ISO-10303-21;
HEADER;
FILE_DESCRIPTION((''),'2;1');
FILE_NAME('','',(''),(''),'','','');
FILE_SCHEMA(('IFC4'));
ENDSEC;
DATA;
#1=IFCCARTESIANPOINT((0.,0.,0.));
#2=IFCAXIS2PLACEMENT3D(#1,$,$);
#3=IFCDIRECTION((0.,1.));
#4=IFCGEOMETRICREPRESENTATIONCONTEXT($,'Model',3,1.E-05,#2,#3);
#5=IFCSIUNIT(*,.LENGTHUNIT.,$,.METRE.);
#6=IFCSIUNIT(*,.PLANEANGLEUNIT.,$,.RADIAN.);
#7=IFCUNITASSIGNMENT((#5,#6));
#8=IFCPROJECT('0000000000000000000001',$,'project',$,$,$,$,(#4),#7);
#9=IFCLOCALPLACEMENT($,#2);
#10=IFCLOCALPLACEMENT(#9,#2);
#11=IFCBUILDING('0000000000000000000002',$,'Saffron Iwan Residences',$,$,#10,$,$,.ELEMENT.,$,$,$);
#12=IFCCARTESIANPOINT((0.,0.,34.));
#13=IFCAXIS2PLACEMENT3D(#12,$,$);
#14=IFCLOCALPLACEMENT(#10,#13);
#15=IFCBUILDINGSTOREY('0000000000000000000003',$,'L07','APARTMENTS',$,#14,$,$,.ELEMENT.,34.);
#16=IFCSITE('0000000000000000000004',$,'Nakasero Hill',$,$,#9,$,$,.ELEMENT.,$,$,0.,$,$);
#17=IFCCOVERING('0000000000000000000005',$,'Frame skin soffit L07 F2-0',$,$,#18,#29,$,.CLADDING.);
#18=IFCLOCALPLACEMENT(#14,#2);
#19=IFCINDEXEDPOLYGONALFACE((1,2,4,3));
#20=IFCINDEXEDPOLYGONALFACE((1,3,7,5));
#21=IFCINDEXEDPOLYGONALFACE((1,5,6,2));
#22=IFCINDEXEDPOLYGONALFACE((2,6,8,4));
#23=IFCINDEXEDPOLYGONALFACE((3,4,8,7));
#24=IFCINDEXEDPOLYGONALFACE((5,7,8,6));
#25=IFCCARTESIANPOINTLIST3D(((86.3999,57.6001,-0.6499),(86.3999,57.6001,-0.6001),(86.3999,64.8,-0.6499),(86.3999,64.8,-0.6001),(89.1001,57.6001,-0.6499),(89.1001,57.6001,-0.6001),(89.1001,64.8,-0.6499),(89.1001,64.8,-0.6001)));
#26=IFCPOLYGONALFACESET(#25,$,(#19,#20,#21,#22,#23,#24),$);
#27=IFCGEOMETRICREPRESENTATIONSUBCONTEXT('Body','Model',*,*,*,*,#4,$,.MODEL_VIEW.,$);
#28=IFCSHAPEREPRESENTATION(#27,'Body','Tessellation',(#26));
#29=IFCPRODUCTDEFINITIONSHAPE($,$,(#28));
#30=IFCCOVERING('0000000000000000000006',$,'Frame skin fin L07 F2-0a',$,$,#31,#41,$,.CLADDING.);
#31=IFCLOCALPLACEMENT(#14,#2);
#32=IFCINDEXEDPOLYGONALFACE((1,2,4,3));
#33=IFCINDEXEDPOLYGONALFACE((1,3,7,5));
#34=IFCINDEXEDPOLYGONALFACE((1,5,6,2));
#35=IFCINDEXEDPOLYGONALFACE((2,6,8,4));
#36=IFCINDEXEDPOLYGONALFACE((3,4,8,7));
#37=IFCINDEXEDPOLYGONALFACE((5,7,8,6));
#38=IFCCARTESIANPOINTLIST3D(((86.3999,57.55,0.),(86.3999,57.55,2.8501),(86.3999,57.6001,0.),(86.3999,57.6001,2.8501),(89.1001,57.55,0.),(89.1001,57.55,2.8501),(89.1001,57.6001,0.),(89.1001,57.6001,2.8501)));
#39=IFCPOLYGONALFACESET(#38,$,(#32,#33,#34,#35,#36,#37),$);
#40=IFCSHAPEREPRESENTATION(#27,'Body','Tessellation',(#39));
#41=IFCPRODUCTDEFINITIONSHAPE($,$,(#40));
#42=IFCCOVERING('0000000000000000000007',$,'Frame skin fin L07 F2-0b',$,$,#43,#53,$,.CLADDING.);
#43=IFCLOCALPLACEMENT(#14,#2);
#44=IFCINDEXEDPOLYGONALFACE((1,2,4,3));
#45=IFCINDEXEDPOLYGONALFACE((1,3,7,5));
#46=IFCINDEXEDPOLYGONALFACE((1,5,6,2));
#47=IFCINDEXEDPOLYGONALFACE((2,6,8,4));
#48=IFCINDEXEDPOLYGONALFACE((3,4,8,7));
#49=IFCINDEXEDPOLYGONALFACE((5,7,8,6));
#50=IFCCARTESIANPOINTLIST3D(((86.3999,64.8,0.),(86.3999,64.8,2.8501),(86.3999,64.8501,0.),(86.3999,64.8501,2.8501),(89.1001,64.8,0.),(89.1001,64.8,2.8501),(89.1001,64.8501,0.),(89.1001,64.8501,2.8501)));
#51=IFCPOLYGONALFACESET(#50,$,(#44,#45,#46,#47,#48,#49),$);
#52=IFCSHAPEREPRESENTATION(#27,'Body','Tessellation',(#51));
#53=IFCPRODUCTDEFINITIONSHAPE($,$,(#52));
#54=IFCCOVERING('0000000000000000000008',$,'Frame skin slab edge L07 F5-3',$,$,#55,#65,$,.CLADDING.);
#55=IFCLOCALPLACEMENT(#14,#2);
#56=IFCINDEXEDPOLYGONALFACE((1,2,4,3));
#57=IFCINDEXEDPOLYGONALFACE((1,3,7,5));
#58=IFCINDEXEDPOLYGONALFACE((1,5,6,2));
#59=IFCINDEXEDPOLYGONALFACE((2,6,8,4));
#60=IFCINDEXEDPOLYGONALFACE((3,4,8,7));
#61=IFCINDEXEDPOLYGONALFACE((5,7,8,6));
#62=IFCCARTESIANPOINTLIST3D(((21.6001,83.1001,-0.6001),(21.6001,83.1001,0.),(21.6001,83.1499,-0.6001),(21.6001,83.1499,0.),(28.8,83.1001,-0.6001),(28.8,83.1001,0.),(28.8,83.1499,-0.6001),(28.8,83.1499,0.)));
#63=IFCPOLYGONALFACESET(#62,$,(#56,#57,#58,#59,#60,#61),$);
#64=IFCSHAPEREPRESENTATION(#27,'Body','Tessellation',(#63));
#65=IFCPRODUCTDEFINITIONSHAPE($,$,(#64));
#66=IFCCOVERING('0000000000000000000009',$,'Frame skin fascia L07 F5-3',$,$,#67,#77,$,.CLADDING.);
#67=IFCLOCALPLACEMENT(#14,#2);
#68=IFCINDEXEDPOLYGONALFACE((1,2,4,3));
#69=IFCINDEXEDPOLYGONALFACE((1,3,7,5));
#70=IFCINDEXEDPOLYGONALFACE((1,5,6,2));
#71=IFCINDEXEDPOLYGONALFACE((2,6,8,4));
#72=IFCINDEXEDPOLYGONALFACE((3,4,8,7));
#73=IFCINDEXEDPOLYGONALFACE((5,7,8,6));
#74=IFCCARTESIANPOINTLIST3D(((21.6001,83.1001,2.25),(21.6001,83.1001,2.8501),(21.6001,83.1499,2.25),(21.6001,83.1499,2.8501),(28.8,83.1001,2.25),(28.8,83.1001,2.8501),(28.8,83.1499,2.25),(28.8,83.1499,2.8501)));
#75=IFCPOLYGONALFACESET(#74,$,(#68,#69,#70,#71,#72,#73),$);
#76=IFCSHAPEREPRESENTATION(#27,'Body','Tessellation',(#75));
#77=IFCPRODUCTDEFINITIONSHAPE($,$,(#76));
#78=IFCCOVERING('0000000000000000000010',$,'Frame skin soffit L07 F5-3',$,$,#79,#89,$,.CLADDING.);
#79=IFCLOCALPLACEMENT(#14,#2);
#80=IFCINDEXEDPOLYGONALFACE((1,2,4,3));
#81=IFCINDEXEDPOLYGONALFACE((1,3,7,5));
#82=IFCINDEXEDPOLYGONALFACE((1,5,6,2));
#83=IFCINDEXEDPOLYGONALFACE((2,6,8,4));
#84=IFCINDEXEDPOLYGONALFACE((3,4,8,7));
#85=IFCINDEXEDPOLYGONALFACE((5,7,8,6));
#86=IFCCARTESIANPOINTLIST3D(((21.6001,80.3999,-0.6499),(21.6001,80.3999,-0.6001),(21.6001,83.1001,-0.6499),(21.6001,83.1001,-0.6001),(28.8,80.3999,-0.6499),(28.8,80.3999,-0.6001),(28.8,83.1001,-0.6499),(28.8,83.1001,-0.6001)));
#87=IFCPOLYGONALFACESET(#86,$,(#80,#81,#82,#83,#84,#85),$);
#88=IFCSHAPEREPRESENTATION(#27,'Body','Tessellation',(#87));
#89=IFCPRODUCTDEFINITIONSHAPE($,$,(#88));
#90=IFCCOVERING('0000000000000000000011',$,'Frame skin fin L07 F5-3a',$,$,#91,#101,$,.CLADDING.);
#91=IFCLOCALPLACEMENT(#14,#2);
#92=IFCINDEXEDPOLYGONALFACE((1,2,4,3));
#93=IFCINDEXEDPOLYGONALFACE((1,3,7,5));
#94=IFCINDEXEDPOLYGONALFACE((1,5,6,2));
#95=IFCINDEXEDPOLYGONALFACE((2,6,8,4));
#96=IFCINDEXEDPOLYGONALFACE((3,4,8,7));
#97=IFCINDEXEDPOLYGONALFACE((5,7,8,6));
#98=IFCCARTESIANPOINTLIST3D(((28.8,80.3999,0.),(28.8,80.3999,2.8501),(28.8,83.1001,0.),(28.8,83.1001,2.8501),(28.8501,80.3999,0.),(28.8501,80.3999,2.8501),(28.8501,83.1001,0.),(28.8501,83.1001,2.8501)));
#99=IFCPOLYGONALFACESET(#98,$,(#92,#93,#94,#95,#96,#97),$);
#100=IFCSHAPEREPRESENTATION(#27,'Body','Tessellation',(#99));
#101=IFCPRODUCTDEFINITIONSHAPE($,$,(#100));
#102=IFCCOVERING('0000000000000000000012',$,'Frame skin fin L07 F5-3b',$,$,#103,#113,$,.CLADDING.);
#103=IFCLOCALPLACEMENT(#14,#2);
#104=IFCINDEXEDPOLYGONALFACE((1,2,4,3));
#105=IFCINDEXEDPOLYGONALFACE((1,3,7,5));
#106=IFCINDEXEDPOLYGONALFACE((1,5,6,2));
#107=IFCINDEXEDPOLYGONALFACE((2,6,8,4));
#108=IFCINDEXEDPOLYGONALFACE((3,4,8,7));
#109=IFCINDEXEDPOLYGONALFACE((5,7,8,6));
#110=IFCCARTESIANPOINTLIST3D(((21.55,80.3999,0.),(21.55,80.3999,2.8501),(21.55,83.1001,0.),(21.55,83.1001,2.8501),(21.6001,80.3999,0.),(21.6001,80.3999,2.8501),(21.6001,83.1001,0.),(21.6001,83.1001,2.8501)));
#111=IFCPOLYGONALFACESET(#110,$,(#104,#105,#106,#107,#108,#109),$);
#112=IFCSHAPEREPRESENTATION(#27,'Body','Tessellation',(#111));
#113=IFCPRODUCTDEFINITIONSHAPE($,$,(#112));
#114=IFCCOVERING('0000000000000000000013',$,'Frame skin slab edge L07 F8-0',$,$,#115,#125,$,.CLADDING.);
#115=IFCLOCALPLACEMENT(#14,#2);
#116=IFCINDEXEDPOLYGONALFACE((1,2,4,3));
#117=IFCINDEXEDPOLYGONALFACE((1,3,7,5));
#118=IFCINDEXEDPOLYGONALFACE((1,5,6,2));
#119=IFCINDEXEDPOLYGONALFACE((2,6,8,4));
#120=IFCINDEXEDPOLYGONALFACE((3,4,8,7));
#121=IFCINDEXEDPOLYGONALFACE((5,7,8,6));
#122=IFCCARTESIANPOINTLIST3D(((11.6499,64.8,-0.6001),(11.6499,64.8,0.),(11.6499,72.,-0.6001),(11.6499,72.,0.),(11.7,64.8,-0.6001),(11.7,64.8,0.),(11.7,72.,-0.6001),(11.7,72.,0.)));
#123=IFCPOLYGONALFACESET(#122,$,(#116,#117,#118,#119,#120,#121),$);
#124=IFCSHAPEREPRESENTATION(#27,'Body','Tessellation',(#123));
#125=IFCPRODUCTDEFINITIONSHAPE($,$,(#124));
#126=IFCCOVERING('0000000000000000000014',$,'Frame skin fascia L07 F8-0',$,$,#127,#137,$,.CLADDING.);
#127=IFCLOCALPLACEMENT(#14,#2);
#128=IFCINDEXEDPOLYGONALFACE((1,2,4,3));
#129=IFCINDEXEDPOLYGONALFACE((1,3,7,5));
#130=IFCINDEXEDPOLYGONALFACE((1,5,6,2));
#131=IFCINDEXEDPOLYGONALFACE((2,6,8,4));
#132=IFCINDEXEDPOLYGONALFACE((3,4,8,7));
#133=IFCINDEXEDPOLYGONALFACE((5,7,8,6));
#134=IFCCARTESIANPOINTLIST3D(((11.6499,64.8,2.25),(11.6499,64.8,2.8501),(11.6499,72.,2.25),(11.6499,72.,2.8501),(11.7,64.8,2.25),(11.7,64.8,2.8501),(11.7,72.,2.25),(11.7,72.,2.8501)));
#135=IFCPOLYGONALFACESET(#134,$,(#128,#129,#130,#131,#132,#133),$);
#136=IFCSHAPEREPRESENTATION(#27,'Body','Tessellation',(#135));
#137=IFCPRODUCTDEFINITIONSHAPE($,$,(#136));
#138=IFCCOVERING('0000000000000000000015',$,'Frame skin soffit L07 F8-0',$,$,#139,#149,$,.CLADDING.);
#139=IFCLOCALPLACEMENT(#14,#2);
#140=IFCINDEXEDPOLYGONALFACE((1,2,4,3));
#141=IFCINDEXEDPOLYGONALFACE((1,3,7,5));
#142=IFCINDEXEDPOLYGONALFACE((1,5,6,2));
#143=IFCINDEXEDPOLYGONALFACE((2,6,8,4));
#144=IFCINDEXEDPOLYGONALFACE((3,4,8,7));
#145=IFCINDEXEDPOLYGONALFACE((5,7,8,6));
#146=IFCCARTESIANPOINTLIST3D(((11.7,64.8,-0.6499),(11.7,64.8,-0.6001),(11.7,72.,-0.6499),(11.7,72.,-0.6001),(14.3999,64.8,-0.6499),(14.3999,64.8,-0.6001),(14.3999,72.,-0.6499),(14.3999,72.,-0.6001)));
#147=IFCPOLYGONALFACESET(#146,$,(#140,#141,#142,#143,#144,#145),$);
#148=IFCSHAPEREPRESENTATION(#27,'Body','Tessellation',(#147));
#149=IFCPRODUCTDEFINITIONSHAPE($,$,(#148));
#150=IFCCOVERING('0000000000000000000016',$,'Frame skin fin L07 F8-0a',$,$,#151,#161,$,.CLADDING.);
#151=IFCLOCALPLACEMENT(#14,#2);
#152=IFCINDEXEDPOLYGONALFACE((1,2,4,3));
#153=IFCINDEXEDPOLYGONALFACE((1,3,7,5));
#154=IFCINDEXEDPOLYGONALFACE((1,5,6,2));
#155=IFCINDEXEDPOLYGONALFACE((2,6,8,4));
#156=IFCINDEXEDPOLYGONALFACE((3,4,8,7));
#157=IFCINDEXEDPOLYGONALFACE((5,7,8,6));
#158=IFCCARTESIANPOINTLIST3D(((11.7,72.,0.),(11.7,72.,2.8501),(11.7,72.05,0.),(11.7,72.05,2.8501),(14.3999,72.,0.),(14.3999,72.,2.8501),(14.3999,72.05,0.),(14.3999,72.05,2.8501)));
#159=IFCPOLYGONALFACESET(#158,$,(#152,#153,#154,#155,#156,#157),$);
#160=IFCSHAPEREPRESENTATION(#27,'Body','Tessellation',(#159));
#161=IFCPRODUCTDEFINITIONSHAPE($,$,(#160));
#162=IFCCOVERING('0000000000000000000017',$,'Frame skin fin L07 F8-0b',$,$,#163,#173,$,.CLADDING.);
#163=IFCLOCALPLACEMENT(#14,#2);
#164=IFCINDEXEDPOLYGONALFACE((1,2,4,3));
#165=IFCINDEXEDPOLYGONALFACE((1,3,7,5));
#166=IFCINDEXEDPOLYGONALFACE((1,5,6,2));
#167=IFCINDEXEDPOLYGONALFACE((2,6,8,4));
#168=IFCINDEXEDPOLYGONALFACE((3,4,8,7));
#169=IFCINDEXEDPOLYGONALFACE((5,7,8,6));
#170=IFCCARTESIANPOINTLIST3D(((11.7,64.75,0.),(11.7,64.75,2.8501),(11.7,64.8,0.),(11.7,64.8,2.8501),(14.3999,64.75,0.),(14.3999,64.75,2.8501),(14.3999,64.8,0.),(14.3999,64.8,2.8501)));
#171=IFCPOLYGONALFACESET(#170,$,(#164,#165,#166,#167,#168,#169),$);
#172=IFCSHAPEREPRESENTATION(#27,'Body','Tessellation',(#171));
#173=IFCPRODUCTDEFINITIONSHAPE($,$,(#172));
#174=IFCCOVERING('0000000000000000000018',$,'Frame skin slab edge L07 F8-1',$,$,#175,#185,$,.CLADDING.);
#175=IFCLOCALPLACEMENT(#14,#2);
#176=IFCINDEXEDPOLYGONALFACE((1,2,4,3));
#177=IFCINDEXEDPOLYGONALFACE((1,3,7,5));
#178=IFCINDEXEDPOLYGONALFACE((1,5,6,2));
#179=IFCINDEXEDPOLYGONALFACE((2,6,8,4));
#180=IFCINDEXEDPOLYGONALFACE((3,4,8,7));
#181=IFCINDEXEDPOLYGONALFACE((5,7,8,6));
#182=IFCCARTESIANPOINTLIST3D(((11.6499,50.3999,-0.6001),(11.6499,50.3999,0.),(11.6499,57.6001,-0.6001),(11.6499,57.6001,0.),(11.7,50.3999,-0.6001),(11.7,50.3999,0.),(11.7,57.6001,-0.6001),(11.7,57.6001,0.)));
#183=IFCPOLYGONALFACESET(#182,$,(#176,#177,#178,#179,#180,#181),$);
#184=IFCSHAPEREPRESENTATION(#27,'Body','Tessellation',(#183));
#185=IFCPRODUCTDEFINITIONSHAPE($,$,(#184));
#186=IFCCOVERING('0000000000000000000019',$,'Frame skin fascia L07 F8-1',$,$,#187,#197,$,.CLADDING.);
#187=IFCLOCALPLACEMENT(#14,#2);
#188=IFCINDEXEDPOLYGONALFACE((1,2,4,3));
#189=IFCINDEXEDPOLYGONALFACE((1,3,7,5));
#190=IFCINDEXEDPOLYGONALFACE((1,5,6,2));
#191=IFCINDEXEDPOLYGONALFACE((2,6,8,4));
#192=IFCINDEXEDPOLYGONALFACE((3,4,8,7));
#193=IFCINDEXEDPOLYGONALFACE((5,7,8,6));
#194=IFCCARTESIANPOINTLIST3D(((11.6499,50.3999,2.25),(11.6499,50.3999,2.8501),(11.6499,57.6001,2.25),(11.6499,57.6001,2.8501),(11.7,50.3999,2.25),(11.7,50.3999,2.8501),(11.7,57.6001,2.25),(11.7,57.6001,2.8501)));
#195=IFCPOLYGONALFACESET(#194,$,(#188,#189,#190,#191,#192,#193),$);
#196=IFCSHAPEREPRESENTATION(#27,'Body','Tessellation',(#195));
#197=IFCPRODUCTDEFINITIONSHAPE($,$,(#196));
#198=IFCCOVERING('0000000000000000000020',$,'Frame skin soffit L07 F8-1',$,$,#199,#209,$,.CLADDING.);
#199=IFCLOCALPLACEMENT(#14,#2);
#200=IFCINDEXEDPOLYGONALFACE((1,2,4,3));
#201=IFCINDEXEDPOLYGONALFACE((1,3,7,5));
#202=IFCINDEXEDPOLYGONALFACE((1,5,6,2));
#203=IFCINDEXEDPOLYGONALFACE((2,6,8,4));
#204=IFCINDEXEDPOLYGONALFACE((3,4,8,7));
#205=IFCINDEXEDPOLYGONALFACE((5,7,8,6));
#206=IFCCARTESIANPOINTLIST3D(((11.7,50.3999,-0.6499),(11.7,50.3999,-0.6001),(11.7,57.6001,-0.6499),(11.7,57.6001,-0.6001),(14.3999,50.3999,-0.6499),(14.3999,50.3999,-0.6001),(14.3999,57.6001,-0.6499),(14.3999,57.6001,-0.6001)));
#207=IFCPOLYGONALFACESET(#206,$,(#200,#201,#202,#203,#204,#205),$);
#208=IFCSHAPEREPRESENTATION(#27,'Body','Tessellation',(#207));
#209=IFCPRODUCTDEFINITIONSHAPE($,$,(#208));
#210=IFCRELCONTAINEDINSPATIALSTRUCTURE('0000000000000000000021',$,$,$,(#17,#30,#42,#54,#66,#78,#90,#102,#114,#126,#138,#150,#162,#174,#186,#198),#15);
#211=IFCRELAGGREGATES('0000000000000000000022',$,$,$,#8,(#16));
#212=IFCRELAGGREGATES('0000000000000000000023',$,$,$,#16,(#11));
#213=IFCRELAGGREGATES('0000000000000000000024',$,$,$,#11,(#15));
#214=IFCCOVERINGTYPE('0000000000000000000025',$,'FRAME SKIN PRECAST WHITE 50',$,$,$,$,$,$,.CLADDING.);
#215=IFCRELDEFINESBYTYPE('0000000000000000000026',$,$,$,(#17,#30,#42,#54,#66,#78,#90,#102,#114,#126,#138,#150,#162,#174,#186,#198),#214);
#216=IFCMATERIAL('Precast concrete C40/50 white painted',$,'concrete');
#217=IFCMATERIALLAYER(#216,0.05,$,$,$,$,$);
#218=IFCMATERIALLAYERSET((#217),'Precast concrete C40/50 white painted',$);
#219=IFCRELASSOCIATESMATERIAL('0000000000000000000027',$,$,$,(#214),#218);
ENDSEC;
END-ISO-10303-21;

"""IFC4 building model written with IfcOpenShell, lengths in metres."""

from ifc_helpers import new_model, si_unit, direction, frame, origin, place, context, subcontext, project, spatial, polyline, outline, extrude, material, layer, layer_set, type_object, element, save


model = new_model("IFC4")

# Units and contexts
model_context = context("Model", 3, precision=1e-05, world=origin(), true_north=direction((0.0, 1.0)))
body_context = subcontext(model_context, "Body", "Model", "MODEL_VIEW")
ifc_project = project(units=[si_unit("LENGTHUNIT", "METRE"), si_unit("PLANEANGLEUNIT", "RADIAN")], contexts=[model_context])

# Site, building, storey
site_placement = place(None, origin())
site = spatial("IfcSite", under=ifc_project, at=site_placement, Name="Nakasero Hill", CompositionType="ELEMENT", RefElevation=0.0)
building_placement = place(site_placement, origin())
building = spatial("IfcBuilding", under=site, at=building_placement, Name="Saffron Iwan Residences", CompositionType="ELEMENT")
storey_placement = place(building_placement, frame((0.0, 0.0, 34.0)))
storey = spatial("IfcBuildingStorey", under=building, at=storey_placement, Name="L07", Description="APARTMENTS", CompositionType="ELEMENT", Elevation=34.0)

# Coverings
ifc_material_1 = material(Name="Precast concrete C40/50 white painted", Category="concrete")
ifc_layer_1 = layer(ifc_material_1, 0.05)
ifc_layer_set_1 = layer_set([ifc_layer_1], Name="Precast concrete C40/50 white painted")
covering_type_1 = type_object("IfcCoveringType", Name="FRAME SKIN PRECAST WHITE 50", PredefinedType="CLADDING", material=ifc_layer_set_1)
covering_1_placement = place(storey_placement, frame((0.0, 0.0, -0.6499)))
element("IfcCovering", 1, at=covering_1_placement, inside=storey, type_object=covering_type_1, Name="Frame skin soffit L07 F2-0", PredefinedType="CLADDING", context=body_context, shape_type="SweptSolid", body=[
    extrude(outline(polyline([(89.1001, 57.6001), (89.1001, 64.8), (86.3999, 64.8), (86.3999, 57.6001), (89.1001, 57.6001)])), origin(), (0.0, 0.0, 1.0), 0.0498),
])
covering_2_placement = place(storey_placement, origin())
element("IfcCovering", 2, at=covering_2_placement, inside=storey, type_object=covering_type_1, Name="Frame skin fin L07 F2-0a", PredefinedType="CLADDING", context=body_context, shape_type="SweptSolid", body=[
    extrude(outline(polyline([(89.1001, 57.55), (89.1001, 57.6001), (86.3999, 57.6001), (86.3999, 57.55), (89.1001, 57.55)])), origin(), (0.0, 0.0, 1.0), 2.8501),
])
covering_3_placement = place(storey_placement, origin())
element("IfcCovering", 3, at=covering_3_placement, inside=storey, type_object=covering_type_1, Name="Frame skin fin L07 F2-0b", PredefinedType="CLADDING", context=body_context, shape_type="SweptSolid", body=[
    extrude(outline(polyline([(89.1001, 64.8), (89.1001, 64.8501), (86.3999, 64.8501), (86.3999, 64.8), (89.1001, 64.8)])), origin(), (0.0, 0.0, 1.0), 2.8501),
])
for number, where, name in (
    (4, (0.0, 0.0, -0.6001), "Frame skin slab edge L07 F5-3"),
    (5, (0.0, 0.0, 2.25), "Frame skin fascia L07 F5-3"),
):
    element("IfcCovering", number, at=place(storey_placement, frame(where)), inside=storey, type_object=covering_type_1, Name=name, PredefinedType="CLADDING", context=body_context, shape_type="SweptSolid", body=[
        extrude(outline(polyline([(28.8, 83.1499), (21.6001, 83.1499), (21.6001, 83.1001), (28.8, 83.1001), (28.8, 83.1499)])), origin(), (0.0, 0.0, 1.0), 0.6001),
    ])
covering_4_placement = place(storey_placement, frame((0.0, 0.0, -0.6499)))
element("IfcCovering", 6, at=covering_4_placement, inside=storey, type_object=covering_type_1, Name="Frame skin soffit L07 F5-3", PredefinedType="CLADDING", context=body_context, shape_type="SweptSolid", body=[
    extrude(outline(polyline([(28.8, 83.1001), (21.6001, 83.1001), (21.6001, 80.3999), (28.8, 80.3999), (28.8, 83.1001)])), origin(), (0.0, 0.0, 1.0), 0.0498),
])
covering_5_placement = place(storey_placement, origin())
element("IfcCovering", 7, at=covering_5_placement, inside=storey, type_object=covering_type_1, Name="Frame skin fin L07 F5-3a", PredefinedType="CLADDING", context=body_context, shape_type="SweptSolid", body=[
    extrude(outline(polyline([(28.8501, 83.1001), (28.8, 83.1001), (28.8, 80.3999), (28.8501, 80.3999), (28.8501, 83.1001)])), origin(), (0.0, 0.0, 1.0), 2.8501),
])
covering_6_placement = place(storey_placement, origin())
element("IfcCovering", 8, at=covering_6_placement, inside=storey, type_object=covering_type_1, Name="Frame skin fin L07 F5-3b", PredefinedType="CLADDING", context=body_context, shape_type="SweptSolid", body=[
    extrude(outline(polyline([(21.6001, 83.1001), (21.55, 83.1001), (21.55, 80.3999), (21.6001, 80.3999), (21.6001, 83.1001)])), origin(), (0.0, 0.0, 1.0), 2.8501),
])
for number, where, name in (
    (9, (0.0, 0.0, -0.6001), "Frame skin slab edge L07 F8-0"),
    (10, (0.0, 0.0, 2.25), "Frame skin fascia L07 F8-0"),
):
    element("IfcCovering", number, at=place(storey_placement, frame(where)), inside=storey, type_object=covering_type_1, Name=name, PredefinedType="CLADDING", context=body_context, shape_type="SweptSolid", body=[
        extrude(outline(polyline([(11.6499, 72.0), (11.6499, 64.8), (11.7, 64.8), (11.7, 72.0), (11.6499, 72.0)])), origin(), (0.0, 0.0, 1.0), 0.6001),
    ])
covering_7_placement = place(storey_placement, frame((0.0, 0.0, -0.6499)))
element("IfcCovering", 11, at=covering_7_placement, inside=storey, type_object=covering_type_1, Name="Frame skin soffit L07 F8-0", PredefinedType="CLADDING", context=body_context, shape_type="SweptSolid", body=[
    extrude(outline(polyline([(11.7, 72.0), (11.7, 64.8), (14.3999, 64.8), (14.3999, 72.0), (11.7, 72.0)])), origin(), (0.0, 0.0, 1.0), 0.0498),
])
covering_8_placement = place(storey_placement, origin())
element("IfcCovering", 12, at=covering_8_placement, inside=storey, type_object=covering_type_1, Name="Frame skin fin L07 F8-0a", PredefinedType="CLADDING", context=body_context, shape_type="SweptSolid", body=[
    extrude(outline(polyline([(11.7, 72.05), (11.7, 72.0), (14.3999, 72.0), (14.3999, 72.05), (11.7, 72.05)])), origin(), (0.0, 0.0, 1.0), 2.8501),
])
covering_9_placement = place(storey_placement, origin())
element("IfcCovering", 13, at=covering_9_placement, inside=storey, type_object=covering_type_1, Name="Frame skin fin L07 F8-0b", PredefinedType="CLADDING", context=body_context, shape_type="SweptSolid", body=[
    extrude(outline(polyline([(11.7, 64.8), (11.7, 64.75), (14.3999, 64.75), (14.3999, 64.8), (11.7, 64.8)])), origin(), (0.0, 0.0, 1.0), 2.8501),
])
for number, where, name in (
    (14, (0.0, 0.0, -0.6001), "Frame skin slab edge L07 F8-1"),
    (15, (0.0, 0.0, 2.25), "Frame skin fascia L07 F8-1"),
):
    element("IfcCovering", number, at=place(storey_placement, frame(where)), inside=storey, type_object=covering_type_1, Name=name, PredefinedType="CLADDING", context=body_context, shape_type="SweptSolid", body=[
        extrude(outline(polyline([(11.6499, 57.6001), (11.6499, 50.3999), (11.7, 50.3999), (11.7, 57.6001), (11.6499, 57.6001)])), origin(), (0.0, 0.0, 1.0), 0.6001),
    ])
covering_10_placement = place(storey_placement, frame((0.0, 0.0, -0.6499)))
element("IfcCovering", 16, at=covering_10_placement, inside=storey, type_object=covering_type_1, Name="Frame skin soffit L07 F8-1", PredefinedType="CLADDING", context=body_context, shape_type="SweptSolid", body=[
    extrude(outline(polyline([(11.7, 57.6001), (11.7, 50.3999), (14.3999, 50.3999), (14.3999, 57.6001), (11.7, 57.6001)])), origin(), (0.0, 0.0, 1.0), 0.0498),
])

save(model, "model.ifc")
